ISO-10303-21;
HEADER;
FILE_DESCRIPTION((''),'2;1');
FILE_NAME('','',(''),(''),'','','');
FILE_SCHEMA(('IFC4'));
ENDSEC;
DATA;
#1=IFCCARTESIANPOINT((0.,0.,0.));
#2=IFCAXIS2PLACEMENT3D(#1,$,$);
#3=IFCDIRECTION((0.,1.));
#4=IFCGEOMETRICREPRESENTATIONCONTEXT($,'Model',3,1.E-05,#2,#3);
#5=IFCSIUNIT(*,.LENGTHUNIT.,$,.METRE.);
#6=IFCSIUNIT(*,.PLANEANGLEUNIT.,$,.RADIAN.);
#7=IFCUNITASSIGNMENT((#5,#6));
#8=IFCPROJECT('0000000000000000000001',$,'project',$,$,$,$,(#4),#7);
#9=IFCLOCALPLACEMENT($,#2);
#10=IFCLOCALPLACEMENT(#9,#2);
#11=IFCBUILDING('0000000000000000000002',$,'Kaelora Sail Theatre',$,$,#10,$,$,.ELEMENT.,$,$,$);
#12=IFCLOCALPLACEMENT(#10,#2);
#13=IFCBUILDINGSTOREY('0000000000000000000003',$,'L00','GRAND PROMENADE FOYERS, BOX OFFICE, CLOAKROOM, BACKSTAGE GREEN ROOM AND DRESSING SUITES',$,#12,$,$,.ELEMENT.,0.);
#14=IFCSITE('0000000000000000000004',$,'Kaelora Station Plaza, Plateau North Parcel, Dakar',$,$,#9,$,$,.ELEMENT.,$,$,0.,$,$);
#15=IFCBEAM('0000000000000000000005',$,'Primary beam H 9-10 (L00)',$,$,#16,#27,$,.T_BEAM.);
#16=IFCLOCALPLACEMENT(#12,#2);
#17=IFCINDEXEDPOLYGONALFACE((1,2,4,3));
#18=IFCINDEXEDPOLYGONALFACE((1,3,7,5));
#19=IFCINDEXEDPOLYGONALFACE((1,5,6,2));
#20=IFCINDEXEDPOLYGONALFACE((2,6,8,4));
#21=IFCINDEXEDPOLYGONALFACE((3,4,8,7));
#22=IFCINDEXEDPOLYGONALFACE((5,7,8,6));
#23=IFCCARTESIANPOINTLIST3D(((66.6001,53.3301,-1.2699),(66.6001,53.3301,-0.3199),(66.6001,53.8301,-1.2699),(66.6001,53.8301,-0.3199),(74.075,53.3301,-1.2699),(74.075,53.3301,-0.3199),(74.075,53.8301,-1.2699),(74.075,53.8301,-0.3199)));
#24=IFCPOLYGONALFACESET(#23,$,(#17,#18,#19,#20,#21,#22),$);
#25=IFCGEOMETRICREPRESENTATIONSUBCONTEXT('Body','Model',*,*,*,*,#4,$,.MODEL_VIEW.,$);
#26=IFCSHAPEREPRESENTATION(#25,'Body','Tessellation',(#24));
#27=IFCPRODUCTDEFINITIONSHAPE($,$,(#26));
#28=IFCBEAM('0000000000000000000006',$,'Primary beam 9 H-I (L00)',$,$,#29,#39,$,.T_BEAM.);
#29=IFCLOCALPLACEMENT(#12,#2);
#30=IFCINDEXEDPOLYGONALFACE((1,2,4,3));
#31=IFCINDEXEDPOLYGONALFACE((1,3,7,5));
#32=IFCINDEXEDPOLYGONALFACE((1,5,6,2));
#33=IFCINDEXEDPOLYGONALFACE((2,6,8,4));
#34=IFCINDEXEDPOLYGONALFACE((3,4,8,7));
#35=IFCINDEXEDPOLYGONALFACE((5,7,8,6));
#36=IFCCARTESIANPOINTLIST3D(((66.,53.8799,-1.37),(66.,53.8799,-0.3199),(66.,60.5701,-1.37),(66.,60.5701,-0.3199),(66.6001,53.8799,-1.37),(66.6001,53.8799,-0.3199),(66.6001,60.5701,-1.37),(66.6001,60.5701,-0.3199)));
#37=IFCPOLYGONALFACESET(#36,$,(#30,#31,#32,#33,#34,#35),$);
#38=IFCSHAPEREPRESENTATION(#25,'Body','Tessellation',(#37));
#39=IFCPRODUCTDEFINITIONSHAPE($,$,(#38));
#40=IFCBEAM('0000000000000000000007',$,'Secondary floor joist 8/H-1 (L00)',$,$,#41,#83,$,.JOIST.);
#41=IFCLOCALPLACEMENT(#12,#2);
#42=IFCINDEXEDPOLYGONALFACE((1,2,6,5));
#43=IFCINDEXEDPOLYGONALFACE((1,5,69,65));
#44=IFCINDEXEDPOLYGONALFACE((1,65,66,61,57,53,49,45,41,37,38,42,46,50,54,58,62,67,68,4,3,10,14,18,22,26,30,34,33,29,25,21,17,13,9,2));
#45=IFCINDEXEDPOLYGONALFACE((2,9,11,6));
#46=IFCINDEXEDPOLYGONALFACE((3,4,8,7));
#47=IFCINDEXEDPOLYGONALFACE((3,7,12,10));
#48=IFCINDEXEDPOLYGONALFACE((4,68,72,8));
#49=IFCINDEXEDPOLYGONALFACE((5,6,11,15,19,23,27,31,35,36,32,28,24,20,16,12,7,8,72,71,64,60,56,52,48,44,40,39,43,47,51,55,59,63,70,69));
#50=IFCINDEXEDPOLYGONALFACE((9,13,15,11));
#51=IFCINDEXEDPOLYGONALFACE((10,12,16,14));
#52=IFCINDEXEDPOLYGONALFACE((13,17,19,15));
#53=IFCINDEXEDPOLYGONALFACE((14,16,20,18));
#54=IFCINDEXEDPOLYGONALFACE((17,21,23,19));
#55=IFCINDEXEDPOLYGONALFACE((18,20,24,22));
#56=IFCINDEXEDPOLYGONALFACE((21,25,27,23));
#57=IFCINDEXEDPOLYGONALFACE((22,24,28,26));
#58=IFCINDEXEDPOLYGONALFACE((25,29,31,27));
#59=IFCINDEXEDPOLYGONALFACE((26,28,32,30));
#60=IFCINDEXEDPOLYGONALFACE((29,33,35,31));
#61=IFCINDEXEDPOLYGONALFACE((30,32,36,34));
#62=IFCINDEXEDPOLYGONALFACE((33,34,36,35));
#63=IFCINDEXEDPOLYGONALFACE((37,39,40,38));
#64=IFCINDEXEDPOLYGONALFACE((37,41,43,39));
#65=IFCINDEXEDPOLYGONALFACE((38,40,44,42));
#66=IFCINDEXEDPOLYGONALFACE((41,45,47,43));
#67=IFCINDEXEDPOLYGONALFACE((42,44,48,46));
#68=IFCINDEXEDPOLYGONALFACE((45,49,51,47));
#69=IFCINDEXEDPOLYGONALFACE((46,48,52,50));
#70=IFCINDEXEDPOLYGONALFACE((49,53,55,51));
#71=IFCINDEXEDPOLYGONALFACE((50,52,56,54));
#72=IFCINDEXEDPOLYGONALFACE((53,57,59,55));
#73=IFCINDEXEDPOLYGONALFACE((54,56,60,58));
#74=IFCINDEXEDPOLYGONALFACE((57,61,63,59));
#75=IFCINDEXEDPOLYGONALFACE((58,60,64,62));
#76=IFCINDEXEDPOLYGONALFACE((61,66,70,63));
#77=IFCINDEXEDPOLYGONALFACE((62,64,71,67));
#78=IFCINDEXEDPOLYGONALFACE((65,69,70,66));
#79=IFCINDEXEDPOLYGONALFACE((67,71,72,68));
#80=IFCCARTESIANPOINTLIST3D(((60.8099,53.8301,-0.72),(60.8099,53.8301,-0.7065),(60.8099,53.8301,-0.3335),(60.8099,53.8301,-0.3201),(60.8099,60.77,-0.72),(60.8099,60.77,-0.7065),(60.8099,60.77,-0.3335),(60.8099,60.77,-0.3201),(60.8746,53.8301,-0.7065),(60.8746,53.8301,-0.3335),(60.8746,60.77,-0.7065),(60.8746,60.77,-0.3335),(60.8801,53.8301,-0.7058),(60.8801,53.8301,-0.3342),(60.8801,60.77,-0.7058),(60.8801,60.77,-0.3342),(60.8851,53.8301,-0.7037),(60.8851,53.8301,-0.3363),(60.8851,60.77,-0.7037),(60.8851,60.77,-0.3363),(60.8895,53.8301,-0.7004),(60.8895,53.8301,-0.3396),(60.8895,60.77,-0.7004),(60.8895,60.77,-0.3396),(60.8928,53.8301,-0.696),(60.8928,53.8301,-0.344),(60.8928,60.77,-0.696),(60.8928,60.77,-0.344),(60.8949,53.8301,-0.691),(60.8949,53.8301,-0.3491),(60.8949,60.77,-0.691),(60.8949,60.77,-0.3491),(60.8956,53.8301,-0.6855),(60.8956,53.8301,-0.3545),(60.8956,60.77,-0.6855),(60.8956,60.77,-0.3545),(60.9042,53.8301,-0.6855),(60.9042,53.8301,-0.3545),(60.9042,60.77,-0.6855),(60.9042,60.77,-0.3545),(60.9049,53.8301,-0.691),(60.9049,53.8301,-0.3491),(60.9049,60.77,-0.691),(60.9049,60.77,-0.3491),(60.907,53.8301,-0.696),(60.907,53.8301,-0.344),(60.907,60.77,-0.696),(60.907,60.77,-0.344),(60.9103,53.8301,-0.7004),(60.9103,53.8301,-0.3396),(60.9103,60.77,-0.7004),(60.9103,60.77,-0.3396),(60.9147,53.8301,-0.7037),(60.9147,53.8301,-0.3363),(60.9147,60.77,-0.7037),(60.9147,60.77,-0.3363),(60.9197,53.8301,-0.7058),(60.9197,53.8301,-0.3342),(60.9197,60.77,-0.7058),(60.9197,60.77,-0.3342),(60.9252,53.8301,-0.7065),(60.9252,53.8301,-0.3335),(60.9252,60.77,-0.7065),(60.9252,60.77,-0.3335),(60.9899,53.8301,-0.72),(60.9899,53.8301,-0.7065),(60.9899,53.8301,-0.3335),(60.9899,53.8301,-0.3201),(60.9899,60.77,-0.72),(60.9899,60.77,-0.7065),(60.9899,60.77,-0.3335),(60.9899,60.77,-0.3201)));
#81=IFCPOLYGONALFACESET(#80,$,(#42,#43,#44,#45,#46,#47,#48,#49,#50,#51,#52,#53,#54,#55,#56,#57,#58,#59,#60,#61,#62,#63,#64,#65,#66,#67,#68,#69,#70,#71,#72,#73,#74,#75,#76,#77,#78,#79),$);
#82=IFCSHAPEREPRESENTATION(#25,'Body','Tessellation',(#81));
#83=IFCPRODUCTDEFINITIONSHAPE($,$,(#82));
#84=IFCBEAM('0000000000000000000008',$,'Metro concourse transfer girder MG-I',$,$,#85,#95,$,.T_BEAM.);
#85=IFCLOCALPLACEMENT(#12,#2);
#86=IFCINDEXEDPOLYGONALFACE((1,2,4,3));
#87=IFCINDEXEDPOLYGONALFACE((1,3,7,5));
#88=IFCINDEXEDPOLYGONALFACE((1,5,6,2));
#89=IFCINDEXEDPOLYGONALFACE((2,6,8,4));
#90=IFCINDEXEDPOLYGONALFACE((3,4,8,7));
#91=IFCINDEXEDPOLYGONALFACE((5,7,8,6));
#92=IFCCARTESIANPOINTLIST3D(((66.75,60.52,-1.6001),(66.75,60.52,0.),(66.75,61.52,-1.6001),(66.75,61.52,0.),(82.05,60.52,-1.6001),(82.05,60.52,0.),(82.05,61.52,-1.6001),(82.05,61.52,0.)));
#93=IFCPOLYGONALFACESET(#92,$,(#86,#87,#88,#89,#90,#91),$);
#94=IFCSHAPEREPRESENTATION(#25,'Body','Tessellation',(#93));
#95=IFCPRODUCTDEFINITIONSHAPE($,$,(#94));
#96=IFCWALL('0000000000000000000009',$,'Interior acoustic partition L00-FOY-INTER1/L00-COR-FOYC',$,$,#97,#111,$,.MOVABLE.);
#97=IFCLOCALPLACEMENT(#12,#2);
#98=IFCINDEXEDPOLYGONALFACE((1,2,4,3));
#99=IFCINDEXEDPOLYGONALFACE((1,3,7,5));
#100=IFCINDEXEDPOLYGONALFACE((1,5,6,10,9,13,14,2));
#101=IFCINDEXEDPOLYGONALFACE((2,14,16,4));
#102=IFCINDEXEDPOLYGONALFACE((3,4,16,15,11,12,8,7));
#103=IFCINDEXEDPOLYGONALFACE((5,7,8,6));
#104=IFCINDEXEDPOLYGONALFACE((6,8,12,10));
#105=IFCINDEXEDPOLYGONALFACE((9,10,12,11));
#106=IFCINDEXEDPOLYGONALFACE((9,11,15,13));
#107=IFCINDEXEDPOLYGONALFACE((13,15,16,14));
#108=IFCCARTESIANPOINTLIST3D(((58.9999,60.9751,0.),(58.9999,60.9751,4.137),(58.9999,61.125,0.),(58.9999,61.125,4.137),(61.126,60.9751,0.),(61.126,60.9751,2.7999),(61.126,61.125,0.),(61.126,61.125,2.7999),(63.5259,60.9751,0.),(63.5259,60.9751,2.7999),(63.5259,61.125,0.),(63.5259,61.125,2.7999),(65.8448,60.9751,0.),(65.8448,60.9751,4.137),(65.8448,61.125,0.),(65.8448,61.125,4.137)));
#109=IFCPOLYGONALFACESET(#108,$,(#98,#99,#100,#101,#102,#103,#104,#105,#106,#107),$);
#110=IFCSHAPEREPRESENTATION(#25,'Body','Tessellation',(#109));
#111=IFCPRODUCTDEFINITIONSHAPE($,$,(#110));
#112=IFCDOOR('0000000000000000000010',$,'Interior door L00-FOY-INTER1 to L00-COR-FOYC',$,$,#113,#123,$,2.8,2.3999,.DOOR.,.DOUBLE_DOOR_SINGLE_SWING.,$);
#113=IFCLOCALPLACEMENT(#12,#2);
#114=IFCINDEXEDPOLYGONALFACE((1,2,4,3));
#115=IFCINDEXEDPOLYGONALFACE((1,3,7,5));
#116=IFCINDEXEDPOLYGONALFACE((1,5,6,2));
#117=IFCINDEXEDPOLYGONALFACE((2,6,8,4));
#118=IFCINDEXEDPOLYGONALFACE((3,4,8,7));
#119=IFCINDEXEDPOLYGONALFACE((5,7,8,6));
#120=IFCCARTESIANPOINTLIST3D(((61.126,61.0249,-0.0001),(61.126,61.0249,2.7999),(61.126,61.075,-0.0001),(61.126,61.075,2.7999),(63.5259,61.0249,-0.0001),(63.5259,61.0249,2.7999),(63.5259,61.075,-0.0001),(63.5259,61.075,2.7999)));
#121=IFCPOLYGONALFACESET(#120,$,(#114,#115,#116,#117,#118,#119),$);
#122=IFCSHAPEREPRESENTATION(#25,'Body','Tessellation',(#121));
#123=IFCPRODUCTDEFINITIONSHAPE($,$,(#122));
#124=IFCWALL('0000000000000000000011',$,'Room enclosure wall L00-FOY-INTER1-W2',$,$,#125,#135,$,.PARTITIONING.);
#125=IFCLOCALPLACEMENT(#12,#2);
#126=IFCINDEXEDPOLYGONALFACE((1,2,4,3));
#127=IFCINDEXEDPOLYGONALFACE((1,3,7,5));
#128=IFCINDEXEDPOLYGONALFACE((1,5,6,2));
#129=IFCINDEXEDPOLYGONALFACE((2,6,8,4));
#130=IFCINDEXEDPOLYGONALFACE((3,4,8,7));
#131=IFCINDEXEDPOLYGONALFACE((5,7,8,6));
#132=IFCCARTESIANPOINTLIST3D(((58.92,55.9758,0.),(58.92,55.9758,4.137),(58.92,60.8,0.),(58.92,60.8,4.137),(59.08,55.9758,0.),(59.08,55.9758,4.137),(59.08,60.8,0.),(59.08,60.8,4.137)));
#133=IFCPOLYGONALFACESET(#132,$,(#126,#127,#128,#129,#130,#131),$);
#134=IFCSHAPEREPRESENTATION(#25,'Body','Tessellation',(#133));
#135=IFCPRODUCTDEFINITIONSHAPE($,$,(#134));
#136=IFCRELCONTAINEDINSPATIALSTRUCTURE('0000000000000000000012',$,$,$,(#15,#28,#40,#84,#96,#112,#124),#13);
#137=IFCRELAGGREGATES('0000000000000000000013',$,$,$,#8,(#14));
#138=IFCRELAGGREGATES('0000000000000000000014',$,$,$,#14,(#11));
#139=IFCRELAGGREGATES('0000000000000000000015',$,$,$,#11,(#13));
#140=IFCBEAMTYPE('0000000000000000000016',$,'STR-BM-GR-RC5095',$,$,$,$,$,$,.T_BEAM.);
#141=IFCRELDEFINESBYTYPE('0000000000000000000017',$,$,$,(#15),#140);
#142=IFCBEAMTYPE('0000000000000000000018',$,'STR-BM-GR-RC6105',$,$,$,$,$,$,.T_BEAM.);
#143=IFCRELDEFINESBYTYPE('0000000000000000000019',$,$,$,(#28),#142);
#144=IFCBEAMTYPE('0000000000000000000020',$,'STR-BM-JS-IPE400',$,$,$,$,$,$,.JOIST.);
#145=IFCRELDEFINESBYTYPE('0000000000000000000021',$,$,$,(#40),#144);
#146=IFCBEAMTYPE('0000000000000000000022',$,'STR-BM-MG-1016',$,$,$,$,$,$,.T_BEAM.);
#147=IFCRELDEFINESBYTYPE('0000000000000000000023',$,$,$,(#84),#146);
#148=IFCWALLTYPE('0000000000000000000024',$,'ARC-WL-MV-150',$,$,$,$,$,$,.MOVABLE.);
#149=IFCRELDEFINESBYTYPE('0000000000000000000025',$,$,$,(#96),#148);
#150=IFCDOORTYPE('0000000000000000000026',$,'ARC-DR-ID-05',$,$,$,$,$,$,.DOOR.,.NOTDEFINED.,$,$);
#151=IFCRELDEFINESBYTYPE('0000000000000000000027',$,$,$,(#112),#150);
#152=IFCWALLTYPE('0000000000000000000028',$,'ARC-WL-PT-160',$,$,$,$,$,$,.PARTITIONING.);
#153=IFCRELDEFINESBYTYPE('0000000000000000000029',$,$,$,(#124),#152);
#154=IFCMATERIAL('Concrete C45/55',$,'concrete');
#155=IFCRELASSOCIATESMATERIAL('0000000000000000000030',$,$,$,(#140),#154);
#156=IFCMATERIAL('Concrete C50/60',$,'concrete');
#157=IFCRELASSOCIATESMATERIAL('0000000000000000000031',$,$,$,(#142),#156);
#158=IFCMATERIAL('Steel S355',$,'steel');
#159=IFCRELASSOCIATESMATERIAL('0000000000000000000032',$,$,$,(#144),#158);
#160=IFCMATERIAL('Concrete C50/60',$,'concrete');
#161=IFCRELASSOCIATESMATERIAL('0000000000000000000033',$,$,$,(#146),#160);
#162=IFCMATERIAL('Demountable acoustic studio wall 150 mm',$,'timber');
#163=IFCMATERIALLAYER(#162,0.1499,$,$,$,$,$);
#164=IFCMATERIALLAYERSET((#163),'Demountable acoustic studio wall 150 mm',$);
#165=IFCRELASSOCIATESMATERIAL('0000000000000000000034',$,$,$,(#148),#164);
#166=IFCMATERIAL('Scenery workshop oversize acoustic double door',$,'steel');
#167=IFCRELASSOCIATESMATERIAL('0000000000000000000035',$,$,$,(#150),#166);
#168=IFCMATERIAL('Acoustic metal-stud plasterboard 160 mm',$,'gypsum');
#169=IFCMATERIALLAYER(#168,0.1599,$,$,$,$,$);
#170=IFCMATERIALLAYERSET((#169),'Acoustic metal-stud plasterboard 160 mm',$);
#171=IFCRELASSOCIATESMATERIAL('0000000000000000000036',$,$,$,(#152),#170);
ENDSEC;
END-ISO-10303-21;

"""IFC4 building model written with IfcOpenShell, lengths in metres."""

from ifc_helpers import new_model, si_unit, direction, frame, frame_2d, origin, origin_2d, place, context, subcontext, project, spatial, rectangle, i_section, extrude, material, layer, layer_set, material_profile, profile_set, type_object, element, fill, save


model = new_model("IFC4")

# Units and contexts
model_context = context("Model", 3, precision=1e-05, world=origin(), true_north=direction((0.0, 1.0)))
body_context = subcontext(model_context, "Body", "Model", "MODEL_VIEW")
ifc_project = project(units=[si_unit("LENGTHUNIT", "METRE"), si_unit("PLANEANGLEUNIT", "RADIAN")], contexts=[model_context])

# Site, building, storey
site_placement = place(None, origin())
site = spatial("IfcSite", under=ifc_project, at=site_placement, Name="Kaelora Station Plaza, Plateau North Parcel, Dakar", CompositionType="ELEMENT", RefElevation=0.0)
building_placement = place(site_placement, origin())
building = spatial("IfcBuilding", under=site, at=building_placement, Name="Kaelora Sail Theatre", CompositionType="ELEMENT")
storey_placement = place(building_placement, origin())
storey = spatial("IfcBuildingStorey", under=building, at=storey_placement, Name="L00", Description="GRAND PROMENADE FOYERS, BOX OFFICE, CLOAKROOM, BACKSTAGE GREEN ROOM AND DRESSING SUITES", CompositionType="ELEMENT", Elevation=0.0)

# Beams
ifc_material_1 = material(Name="Concrete C45/55", Category="concrete")
ifc_material_profile_1 = material_profile(ifc_material_1, rectangle(XDim=0.5, YDim=0.95, at=origin_2d()), Name="RC-GRD 500x950")
ifc_profile_set_1 = profile_set([ifc_material_profile_1], Name="Concrete C45/55")
beam_type_1 = type_object("IfcBeamType", Name="STR-BM-GR-RC5095", PredefinedType="T_BEAM", material=ifc_profile_set_1)
beam_1_placement = place(storey_placement, frame((66.6001, 53.5801, -0.7949), z_axis=(1.0, 0.0, 0.0), x_axis=(0.0, 1.0, 0.0)))
element("IfcBeam", 1, at=beam_1_placement, inside=storey, type_object=beam_type_1, Name="Primary beam H 9-10 (L00)", PredefinedType="T_BEAM", context=body_context, shape_type="SweptSolid", body=[
    extrude(rectangle(XDim=0.5, YDim=0.95, at=origin_2d()), origin(), (0.0, 0.0, 1.0), 7.4749),
])
ifc_material_2 = material(Name="Concrete C50/60", Category="concrete")
ifc_material_profile_2 = material_profile(ifc_material_2, rectangle(XDim=0.6001, YDim=1.05, at=origin_2d()), Name="RC-GRD 600x1050")
ifc_profile_set_2 = profile_set([ifc_material_profile_2], Name="Concrete C50/60")
beam_type_2 = type_object("IfcBeamType", Name="STR-BM-GR-RC6105", PredefinedType="T_BEAM", material=ifc_profile_set_2)
beam_2_placement = place(storey_placement, frame((66.3, 53.8799, -0.845), z_axis=(0.0, 1.0, 0.0), x_axis=(-1.0, 0.0, 0.0)))
element("IfcBeam", 2, at=beam_2_placement, inside=storey, type_object=beam_type_2, Name="Primary beam 9 H-I (L00)", PredefinedType="T_BEAM", context=body_context, shape_type="SweptSolid", body=[
    extrude(rectangle(XDim=0.6001, YDim=1.05, at=origin_2d()), origin(), (0.0, 0.0, 1.0), 6.6902),
])
ifc_material_3 = material(Name="Steel S355", Category="steel")
ifc_material_profile_3 = material_profile(ifc_material_3, i_section(OverallWidth=0.1799, OverallDepth=0.3999, WebThickness=0.0085, FlangeThickness=0.0134, FilletRadius=0.021, at=origin_2d()), Name="IPE 400")
ifc_profile_set_3 = profile_set([ifc_material_profile_3], Name="Steel S355")
beam_type_3 = type_object("IfcBeamType", Name="STR-BM-JS-IPE400", PredefinedType="JOIST", material=ifc_profile_set_3)
beam_3_placement = place(storey_placement, frame((60.8999, 53.8301, -0.52), z_axis=(0.0, 1.0, 0.0), x_axis=(-1.0, 0.0, 0.0)))
element("IfcBeam", 3, at=beam_3_placement, inside=storey, type_object=beam_type_3, Name="Secondary floor joist 8/H-1 (L00)", PredefinedType="JOIST", context=body_context, shape_type="SweptSolid", body=[
    extrude(i_section(OverallWidth=0.1799, OverallDepth=0.3999, WebThickness=0.0085, FlangeThickness=0.0134, FilletRadius=0.021, at=origin_2d()), origin(), (0.0, 0.0, 1.0), 6.9399),
])
ifc_material_4 = material(Name="Concrete C50/60", Category="concrete")
ifc_material_profile_4 = material_profile(ifc_material_4, rectangle(XDim=1.0, YDim=1.6001, at=origin_2d()), Name="RC-TG 1000x1600")
ifc_profile_set_4 = profile_set([ifc_material_profile_4], Name="Concrete C50/60")
beam_type_4 = type_object("IfcBeamType", Name="STR-BM-MG-1016", PredefinedType="T_BEAM", material=ifc_profile_set_4)
beam_4_placement = place(storey_placement, frame((66.75, 61.02, -0.8), z_axis=(1.0, 0.0, 0.0), x_axis=(0.0, 1.0, 0.0)))
element("IfcBeam", 4, at=beam_4_placement, inside=storey, type_object=beam_type_4, Name="Metro concourse transfer girder MG-I", PredefinedType="T_BEAM", context=body_context, shape_type="SweptSolid", body=[
    extrude(rectangle(XDim=1.0, YDim=1.6001, at=origin_2d()), origin(), (0.0, 0.0, 1.0), 15.3),
])

# Wall, opening, door
ifc_material_5 = material(Name="Demountable acoustic studio wall 150 mm", Category="timber")
ifc_layer_1 = layer(ifc_material_5, 0.1499)
ifc_layer_set_1 = layer_set([ifc_layer_1], Name="Demountable acoustic studio wall 150 mm")
wall_type_1 = type_object("IfcWallType", Name="ARC-WL-MV-150", PredefinedType="MOVABLE", material=ifc_layer_set_1)
wall_1_placement = place(storey_placement, frame((59.0, 61.05, 0.0), z_axis=(0.0, 0.0, 1.0), x_axis=(1.0, 0.0, 0.0)))
wall_1 = element("IfcWall", 5, at=wall_1_placement, inside=storey, type_object=wall_type_1, Name="Interior acoustic partition L00-FOY-INTER1/L00-COR-FOYC", PredefinedType="MOVABLE", context=body_context, shape_type="SweptSolid", body=[
    extrude(rectangle(XDim=6.845, YDim=0.1499, at=frame_2d((3.4224, 0.0))), origin(), (0.0, 0.0, 1.0), 4.137),
])
opening_placement = place(wall_1_placement, frame((2.126, 0.0, 0.0)))
opening = element("IfcOpeningElement", 6, at=opening_placement, cuts=wall_1, PredefinedType="OPENING", context=body_context, shape_type="SweptSolid", body=[
    extrude(rectangle(XDim=2.3999, YDim=2.8, at=frame_2d((1.2, 1.3999))), frame((0.0, 0.085, 0.0), z_axis=(0.0, -1.0, 0.0), x_axis=(1.0, 0.0, 0.0)), (0.0, 0.0, 1.0), 0.1699),
])
ifc_material_6 = material(Name="Scenery workshop oversize acoustic double door", Category="steel")
door_type = type_object("IfcDoorType", Name="ARC-DR-ID-05", OperationType="NOTDEFINED", PredefinedType="DOOR", material=ifc_material_6)
door_placement = place(opening_placement, origin())
door = element("IfcDoor", 7, at=door_placement, inside=storey, type_object=door_type, Name="Interior door L00-FOY-INTER1 to L00-COR-FOYC", OperationType="DOUBLE_DOOR_SINGLE_SWING", OverallHeight=2.8, OverallWidth=2.3999, PredefinedType="DOOR", context=body_context, shape_type="SweptSolid", body=[
    extrude(rectangle(XDim=2.3999, YDim=2.8, at=frame_2d((1.2, 1.3999))), frame((0.0, 0.0249, 0.0), z_axis=(0.0, -1.0, 0.0), x_axis=(1.0, 0.0, 0.0)), (0.0, 0.0, 1.0), 0.05),
])
fill(opening, door)

# Wall
ifc_material_7 = material(Name="Acoustic metal-stud plasterboard 160 mm", Category="gypsum")
ifc_layer_2 = layer(ifc_material_7, 0.1599)
ifc_layer_set_2 = layer_set([ifc_layer_2], Name="Acoustic metal-stud plasterboard 160 mm")
wall_type_2 = type_object("IfcWallType", Name="ARC-WL-PT-160", PredefinedType="PARTITIONING", material=ifc_layer_set_2)
wall_2_placement = place(storey_placement, frame((59.0, 55.9758, 0.0), z_axis=(0.0, 0.0, 1.0), x_axis=(0.0, 1.0, 0.0)))
element("IfcWall", 8, at=wall_2_placement, inside=storey, type_object=wall_type_2, Name="Room enclosure wall L00-FOY-INTER1-W2", PredefinedType="PARTITIONING", context=body_context, shape_type="SweptSolid", body=[
    extrude(rectangle(XDim=4.8242, YDim=0.1599, at=frame_2d((2.4121, 0.0))), origin(), (0.0, 0.0, 1.0), 4.137),
])

save(model, "model.ifc")
